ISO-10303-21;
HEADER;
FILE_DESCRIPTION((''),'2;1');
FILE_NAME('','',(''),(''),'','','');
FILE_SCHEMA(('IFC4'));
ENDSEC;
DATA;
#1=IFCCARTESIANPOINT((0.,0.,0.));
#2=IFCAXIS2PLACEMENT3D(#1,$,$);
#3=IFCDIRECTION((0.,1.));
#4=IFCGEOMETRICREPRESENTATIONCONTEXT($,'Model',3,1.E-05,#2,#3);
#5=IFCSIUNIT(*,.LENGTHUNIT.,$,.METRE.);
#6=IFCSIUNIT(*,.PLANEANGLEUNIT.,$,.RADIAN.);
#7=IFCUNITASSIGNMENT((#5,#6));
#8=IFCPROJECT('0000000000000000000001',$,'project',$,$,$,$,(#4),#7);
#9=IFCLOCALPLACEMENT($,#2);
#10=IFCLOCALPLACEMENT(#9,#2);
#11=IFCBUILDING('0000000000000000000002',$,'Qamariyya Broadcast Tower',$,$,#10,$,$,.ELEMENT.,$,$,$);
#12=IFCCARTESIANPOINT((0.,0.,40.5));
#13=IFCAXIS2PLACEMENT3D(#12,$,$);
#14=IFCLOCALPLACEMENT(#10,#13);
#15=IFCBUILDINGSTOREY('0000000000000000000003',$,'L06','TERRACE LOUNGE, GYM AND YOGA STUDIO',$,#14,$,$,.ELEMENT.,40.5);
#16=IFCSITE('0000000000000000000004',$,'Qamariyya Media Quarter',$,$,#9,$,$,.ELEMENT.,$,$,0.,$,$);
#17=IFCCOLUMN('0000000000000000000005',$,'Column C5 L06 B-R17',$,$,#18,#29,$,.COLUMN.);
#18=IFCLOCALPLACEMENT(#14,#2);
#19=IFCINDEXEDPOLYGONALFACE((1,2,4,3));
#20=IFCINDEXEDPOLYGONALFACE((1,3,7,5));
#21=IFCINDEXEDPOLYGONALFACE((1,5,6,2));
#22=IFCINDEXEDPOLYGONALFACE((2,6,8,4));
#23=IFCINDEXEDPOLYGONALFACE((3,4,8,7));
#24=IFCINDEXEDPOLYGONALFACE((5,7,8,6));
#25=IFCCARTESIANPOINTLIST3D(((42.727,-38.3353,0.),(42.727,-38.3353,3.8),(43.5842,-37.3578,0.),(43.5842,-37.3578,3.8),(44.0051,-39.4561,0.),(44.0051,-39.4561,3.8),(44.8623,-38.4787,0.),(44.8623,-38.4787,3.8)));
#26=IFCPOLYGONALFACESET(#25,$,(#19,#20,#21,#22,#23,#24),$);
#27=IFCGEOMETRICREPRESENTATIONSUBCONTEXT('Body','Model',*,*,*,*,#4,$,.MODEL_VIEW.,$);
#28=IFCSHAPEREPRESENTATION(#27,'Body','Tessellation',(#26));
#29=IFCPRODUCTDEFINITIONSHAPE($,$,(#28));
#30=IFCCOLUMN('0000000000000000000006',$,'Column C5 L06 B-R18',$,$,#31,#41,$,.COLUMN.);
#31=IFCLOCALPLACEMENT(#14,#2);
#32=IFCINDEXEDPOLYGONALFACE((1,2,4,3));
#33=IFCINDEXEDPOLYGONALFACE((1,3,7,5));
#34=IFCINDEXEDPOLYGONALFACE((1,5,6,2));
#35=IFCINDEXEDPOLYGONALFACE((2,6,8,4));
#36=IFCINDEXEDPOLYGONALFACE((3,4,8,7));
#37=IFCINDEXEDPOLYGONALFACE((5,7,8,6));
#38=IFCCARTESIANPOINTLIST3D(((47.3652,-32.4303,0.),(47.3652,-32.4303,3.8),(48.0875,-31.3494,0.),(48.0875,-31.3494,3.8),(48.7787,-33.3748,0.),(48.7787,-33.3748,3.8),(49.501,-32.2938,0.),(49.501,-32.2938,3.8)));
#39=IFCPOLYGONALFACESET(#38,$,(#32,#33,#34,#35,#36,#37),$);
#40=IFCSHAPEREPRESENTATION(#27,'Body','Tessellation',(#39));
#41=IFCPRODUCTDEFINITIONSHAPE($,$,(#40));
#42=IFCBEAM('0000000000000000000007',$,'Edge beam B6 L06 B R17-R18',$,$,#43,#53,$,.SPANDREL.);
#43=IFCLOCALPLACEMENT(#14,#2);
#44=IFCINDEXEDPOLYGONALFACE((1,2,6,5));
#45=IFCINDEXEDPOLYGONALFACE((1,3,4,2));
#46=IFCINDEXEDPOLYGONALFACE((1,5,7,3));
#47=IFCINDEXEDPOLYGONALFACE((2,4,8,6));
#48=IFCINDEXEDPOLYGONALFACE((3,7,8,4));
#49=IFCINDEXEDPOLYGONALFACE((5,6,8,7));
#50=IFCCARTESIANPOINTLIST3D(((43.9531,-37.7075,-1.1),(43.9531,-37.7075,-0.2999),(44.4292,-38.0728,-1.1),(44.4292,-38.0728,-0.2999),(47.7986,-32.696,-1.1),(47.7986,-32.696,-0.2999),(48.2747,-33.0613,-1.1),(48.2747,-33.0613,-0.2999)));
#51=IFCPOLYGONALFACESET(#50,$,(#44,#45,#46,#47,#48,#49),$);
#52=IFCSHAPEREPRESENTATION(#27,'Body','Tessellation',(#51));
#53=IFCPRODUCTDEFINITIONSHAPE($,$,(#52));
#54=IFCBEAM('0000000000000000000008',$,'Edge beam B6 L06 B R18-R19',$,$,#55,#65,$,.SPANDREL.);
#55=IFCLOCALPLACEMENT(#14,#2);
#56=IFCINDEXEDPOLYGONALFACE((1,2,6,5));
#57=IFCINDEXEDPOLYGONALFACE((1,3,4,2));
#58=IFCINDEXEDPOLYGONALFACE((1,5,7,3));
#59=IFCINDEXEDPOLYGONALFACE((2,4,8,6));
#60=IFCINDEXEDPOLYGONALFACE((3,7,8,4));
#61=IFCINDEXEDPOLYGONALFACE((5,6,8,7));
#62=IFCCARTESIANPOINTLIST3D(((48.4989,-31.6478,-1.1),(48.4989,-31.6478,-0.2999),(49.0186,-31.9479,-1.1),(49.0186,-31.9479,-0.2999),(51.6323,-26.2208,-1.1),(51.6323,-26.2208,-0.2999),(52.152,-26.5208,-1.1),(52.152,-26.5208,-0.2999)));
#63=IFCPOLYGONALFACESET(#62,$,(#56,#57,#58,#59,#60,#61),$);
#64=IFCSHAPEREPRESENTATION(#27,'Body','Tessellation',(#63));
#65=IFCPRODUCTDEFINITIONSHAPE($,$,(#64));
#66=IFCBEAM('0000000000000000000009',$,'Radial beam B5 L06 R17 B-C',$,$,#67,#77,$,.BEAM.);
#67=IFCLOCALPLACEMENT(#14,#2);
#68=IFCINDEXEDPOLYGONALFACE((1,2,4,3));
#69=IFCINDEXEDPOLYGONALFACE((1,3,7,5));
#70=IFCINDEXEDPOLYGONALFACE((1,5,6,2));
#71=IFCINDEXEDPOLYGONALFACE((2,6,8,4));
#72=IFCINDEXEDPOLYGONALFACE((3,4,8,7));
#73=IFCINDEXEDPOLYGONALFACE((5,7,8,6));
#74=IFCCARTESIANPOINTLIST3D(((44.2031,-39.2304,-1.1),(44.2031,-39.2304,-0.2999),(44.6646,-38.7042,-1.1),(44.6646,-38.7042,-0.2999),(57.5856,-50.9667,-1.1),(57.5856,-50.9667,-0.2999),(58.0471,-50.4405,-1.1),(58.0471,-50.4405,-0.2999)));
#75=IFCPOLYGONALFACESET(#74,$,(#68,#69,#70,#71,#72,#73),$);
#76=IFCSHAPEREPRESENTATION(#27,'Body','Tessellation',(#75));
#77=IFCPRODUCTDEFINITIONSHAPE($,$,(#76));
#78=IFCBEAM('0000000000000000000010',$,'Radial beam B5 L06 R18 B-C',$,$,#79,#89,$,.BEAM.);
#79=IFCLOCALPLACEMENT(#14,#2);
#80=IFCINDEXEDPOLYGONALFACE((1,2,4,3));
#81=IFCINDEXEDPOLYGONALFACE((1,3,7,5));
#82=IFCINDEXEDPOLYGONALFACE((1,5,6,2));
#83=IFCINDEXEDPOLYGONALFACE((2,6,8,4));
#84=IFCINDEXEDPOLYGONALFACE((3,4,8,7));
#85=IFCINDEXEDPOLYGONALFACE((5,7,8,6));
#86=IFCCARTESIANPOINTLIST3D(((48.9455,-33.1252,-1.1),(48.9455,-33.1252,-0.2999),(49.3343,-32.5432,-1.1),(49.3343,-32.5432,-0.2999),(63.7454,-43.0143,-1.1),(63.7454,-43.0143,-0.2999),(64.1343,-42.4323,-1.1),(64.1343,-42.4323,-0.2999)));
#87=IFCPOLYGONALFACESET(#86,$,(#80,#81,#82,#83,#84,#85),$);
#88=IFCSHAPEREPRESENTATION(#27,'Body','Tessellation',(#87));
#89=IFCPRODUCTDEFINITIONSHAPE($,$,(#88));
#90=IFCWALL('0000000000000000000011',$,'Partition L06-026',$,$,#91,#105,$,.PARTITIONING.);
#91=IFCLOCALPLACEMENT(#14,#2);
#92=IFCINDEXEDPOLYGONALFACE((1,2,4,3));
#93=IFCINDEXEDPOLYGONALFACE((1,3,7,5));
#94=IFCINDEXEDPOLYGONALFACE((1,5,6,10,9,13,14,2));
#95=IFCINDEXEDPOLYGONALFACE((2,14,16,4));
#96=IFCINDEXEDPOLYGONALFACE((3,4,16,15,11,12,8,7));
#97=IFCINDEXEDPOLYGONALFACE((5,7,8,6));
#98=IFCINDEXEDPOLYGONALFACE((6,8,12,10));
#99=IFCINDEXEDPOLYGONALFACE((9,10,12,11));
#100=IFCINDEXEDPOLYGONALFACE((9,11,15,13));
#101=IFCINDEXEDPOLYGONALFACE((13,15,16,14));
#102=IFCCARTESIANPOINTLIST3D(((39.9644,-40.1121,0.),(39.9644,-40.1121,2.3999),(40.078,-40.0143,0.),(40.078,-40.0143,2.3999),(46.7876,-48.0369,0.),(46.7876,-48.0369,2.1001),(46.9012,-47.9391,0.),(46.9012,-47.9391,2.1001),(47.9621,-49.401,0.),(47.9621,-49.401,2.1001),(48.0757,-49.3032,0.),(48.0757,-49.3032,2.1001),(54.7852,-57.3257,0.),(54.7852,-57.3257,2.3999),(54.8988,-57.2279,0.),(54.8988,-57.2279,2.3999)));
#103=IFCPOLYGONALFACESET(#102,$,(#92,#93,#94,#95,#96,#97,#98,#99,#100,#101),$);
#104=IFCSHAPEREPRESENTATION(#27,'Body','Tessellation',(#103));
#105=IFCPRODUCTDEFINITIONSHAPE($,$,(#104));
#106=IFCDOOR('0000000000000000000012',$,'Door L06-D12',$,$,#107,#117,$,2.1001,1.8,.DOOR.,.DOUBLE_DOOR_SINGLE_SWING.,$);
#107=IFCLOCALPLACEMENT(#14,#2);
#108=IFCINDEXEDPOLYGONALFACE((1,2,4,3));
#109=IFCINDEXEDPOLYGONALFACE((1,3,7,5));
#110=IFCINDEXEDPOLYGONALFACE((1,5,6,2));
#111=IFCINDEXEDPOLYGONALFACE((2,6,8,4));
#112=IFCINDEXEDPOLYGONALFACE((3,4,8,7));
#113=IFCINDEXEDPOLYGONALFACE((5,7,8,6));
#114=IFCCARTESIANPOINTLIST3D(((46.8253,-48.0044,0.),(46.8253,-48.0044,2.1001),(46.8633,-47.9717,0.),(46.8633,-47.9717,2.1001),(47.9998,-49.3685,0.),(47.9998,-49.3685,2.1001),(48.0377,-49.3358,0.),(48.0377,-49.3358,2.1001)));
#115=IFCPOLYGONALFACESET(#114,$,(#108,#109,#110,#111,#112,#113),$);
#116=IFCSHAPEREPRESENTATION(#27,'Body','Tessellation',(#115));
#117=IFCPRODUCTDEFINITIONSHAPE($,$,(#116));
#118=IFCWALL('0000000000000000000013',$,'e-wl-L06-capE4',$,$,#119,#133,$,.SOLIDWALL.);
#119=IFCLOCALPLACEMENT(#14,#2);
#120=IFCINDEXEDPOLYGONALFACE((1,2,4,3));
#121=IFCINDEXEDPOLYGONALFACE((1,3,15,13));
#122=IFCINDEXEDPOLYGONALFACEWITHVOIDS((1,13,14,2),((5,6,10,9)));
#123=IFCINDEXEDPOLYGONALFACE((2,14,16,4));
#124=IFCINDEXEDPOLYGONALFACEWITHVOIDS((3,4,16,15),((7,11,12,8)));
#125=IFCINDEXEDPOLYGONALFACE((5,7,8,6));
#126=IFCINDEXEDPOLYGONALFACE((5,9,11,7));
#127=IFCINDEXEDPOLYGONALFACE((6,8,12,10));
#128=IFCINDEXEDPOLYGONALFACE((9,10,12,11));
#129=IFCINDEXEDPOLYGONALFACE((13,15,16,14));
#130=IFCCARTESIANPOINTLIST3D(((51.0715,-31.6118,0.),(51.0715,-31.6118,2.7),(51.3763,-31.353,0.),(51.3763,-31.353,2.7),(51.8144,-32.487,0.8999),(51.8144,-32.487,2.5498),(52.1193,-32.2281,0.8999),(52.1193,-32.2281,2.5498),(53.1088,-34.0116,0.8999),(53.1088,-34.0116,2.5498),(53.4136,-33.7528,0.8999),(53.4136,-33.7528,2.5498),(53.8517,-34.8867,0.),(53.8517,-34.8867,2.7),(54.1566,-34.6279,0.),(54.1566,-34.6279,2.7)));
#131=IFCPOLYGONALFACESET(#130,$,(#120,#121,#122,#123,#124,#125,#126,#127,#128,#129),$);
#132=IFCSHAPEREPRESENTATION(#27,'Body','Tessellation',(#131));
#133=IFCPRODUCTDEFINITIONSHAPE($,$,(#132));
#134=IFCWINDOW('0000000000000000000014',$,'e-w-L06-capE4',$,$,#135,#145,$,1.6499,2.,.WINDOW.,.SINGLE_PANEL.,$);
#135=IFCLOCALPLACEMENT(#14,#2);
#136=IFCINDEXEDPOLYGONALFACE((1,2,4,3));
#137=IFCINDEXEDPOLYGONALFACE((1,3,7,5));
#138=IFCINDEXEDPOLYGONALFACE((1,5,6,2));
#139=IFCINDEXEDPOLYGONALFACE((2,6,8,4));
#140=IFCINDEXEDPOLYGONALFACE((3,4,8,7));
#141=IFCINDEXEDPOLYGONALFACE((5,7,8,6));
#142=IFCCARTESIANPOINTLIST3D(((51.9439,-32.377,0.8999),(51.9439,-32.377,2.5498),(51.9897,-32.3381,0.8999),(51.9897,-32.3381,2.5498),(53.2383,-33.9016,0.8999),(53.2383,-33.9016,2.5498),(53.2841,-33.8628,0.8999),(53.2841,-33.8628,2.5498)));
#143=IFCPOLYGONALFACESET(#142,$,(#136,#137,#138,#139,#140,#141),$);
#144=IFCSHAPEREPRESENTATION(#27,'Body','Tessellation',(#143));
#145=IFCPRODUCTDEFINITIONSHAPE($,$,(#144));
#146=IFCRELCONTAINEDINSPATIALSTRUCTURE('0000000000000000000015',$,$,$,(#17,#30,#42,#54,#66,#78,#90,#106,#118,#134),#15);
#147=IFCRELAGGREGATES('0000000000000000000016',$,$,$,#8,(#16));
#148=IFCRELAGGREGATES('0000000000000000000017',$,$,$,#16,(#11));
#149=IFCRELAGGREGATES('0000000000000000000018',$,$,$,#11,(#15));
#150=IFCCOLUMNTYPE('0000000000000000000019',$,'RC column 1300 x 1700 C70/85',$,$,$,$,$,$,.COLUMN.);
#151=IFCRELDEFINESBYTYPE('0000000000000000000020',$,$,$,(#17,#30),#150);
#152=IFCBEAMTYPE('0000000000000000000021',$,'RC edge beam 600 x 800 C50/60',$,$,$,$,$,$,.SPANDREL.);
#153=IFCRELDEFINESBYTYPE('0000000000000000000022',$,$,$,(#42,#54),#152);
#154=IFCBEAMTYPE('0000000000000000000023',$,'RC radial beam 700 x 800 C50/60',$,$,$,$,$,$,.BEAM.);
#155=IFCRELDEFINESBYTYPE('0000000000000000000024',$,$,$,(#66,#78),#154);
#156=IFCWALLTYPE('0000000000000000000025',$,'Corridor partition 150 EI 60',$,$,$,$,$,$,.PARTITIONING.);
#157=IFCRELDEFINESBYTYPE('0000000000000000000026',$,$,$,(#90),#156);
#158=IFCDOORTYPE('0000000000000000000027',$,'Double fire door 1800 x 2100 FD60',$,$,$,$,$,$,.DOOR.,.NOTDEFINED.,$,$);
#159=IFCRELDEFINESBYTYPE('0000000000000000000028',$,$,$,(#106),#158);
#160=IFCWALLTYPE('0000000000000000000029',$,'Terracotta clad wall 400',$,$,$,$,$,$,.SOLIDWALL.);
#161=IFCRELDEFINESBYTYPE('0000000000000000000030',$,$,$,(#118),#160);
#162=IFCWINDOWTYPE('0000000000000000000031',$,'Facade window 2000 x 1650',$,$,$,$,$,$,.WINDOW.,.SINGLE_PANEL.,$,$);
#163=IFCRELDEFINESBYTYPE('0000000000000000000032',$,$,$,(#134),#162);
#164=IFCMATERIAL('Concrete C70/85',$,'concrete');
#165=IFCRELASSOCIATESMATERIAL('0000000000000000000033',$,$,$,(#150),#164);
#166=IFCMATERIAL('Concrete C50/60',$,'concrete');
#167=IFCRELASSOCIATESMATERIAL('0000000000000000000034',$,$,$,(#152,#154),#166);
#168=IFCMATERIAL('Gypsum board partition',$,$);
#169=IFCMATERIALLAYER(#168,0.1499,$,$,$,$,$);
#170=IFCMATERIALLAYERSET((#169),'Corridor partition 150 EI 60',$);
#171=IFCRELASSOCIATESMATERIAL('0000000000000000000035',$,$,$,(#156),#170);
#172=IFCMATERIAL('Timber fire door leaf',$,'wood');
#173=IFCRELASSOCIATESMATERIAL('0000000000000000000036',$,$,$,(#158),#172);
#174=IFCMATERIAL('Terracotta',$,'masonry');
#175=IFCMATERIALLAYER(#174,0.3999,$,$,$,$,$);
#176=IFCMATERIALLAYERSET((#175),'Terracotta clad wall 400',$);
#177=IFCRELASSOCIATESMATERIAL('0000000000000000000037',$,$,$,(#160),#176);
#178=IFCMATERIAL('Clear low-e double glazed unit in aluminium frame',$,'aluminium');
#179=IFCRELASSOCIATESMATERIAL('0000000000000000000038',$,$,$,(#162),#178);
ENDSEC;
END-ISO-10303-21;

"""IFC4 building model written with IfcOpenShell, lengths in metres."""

from ifc_helpers import new_model, si_unit, direction, frame, frame_2d, origin, origin_2d, place, context, subcontext, project, spatial, rectangle, extrude, material, layer, layer_set, material_profile, profile_set, type_object, element, fill, save


model = new_model("IFC4")

# Units and contexts
model_context = context("Model", 3, precision=1e-05, world=origin(), true_north=direction((0.0, 1.0)))
body_context = subcontext(model_context, "Body", "Model", "MODEL_VIEW")
ifc_project = project(units=[si_unit("LENGTHUNIT", "METRE"), si_unit("PLANEANGLEUNIT", "RADIAN")], contexts=[model_context])

# Site, building, storey
site_placement = place(None, origin())
site = spatial("IfcSite", under=ifc_project, at=site_placement, Name="Qamariyya Media Quarter", CompositionType="ELEMENT", RefElevation=0.0)
building_placement = place(site_placement, origin())
building = spatial("IfcBuilding", under=site, at=building_placement, Name="Qamariyya Broadcast Tower", CompositionType="ELEMENT")
storey_placement = place(building_placement, frame((0.0, 0.0, 40.5)))
storey = spatial("IfcBuildingStorey", under=building, at=storey_placement, Name="L06", Description="TERRACE LOUNGE, GYM AND YOGA STUDIO", CompositionType="ELEMENT", Elevation=40.5)

# Columns
ifc_material_1 = material(Name="Concrete C70/85", Category="concrete")
ifc_material_profile_1 = material_profile(ifc_material_1, rectangle(XDim=1.3, YDim=1.7, at=origin_2d()))
ifc_profile_set_1 = profile_set([ifc_material_profile_1], Name="Concrete C70/85")
column_type = type_object("IfcColumnType", Name="RC column 1300 x 1700 C70/85", PredefinedType="COLUMN", material=ifc_profile_set_1)
for number, where, z_axis, x_axis, name in (
    (1, (43.7947, -38.407, 0.0), (0.0, 0.0, 1.0), (0.659346, 0.75184, 0.0), "Column C5 L06 B-R17"),
    (2, (48.4331, -32.3621, 0.0), (0.0, 0.0, 1.0), (0.55557, 0.83147, 0.0), "Column C5 L06 B-R18"),
):
    element("IfcColumn", number, at=place(storey_placement, frame(where, z_axis=z_axis, x_axis=x_axis)), inside=storey, type_object=column_type, Name=name, PredefinedType="COLUMN", context=body_context, shape_type="SweptSolid", body=[
        extrude(rectangle(XDim=1.3, YDim=1.7, at=origin_2d()), origin(), (0.0, 0.0, 1.0), 3.8),
    ])

# Beams
ifc_material_2 = material(Name="Concrete C50/60", Category="concrete")
ifc_material_profile_2 = material_profile(ifc_material_2, rectangle(XDim=0.6001, YDim=0.8, at=origin_2d()))
ifc_profile_set_2 = profile_set([ifc_material_profile_2], Name="Concrete C50/60")
beam_type_1 = type_object("IfcBeamType", Name="RC edge beam 600 x 800 C50/60", PredefinedType="SPANDREL", material=ifc_profile_set_2)
beam_1_placement = place(storey_placement, frame((44.1912, -37.8901, -0.7), z_axis=(0.608763, 0.793352, 0.0), x_axis=(-0.793352, 0.608763, 0.0)))
element("IfcBeam", 3, at=beam_1_placement, inside=storey, type_object=beam_type_1, Name="Edge beam B6 L06 B R17-R18", PredefinedType="SPANDREL", context=body_context, shape_type="SweptSolid", body=[
    extrude(rectangle(XDim=0.6001, YDim=0.8, at=origin_2d()), origin(), (0.0, 0.0, 1.0), 6.3169),
])
beam_2_placement = place(storey_placement, frame((48.7588, -31.7979, -0.7), z_axis=(0.500002, 0.866024, 0.0), x_axis=(-0.866024, 0.500002, 0.0)))
element("IfcBeam", 4, at=beam_2_placement, inside=storey, type_object=beam_type_1, Name="Edge beam B6 L06 B R18-R19", PredefinedType="SPANDREL", context=body_context, shape_type="SweptSolid", body=[
    extrude(rectangle(XDim=0.6001, YDim=0.8, at=origin_2d()), origin(), (0.0, 0.0, 1.0), 6.2666),
])
ifc_material_profile_3 = material_profile(ifc_material_2, rectangle(XDim=0.7, YDim=0.8, at=origin_2d()))
ifc_profile_set_3 = profile_set([ifc_material_profile_3], Name="Concrete C50/60")
beam_type_2 = type_object("IfcBeamType", Name="RC radial beam 700 x 800 C50/60", PredefinedType="BEAM", material=ifc_profile_set_3)
for number, where, z_axis, x_axis, name in (
    (5, (44.4338, -38.9673, -0.7), (0.751836, -0.65935, 0.0), (0.65935, 0.751836, 0.0), "Radial beam B5 L06 R17 B-C"),
    (6, (49.1399, -32.8342, -0.7), (0.831467, -0.555573, 0.0), (0.555573, 0.831467, 0.0), "Radial beam B5 L06 R18 B-C"),
):
    element("IfcBeam", number, at=place(storey_placement, frame(where, z_axis=z_axis, x_axis=x_axis)), inside=storey, type_object=beam_type_2, Name=name, PredefinedType="BEAM", context=body_context, shape_type="SweptSolid", body=[
        extrude(rectangle(XDim=0.7, YDim=0.8, at=origin_2d()), origin(), (0.0, 0.0, 1.0), 17.7998),
    ])

# Wall, opening, door
ifc_material_3 = material(Name="Gypsum board partition")
ifc_layer_1 = layer(ifc_material_3, 0.1499)
ifc_layer_set_1 = layer_set([ifc_layer_1], Name="Corridor partition 150 EI 60")
wall_type_1 = type_object("IfcWallType", Name="Corridor partition 150 EI 60", PredefinedType="PARTITIONING", material=ifc_layer_set_1)
wall_1_placement = place(storey_placement, frame((40.0212, -40.0632, 0.0), z_axis=(0.0, 0.0, 1.0), x_axis=(0.652472, -0.757813, 0.0)))
wall_1 = element("IfcWall", 7, at=wall_1_placement, inside=storey, type_object=wall_type_1, Name="Partition L06-026", PredefinedType="PARTITIONING", context=body_context, shape_type="SweptSolid", body=[
    extrude(rectangle(XDim=22.7148, YDim=0.1499, at=frame_2d((11.3574, 0.0))), origin(), (0.0, 0.0, 1.0), 2.3999),
])
opening_1_placement = place(wall_1_placement, frame((10.4575, 0.0, 0.0)))
opening_1 = element("IfcOpeningElement", 8, at=opening_1_placement, cuts=wall_1, PredefinedType="OPENING", context=body_context, shape_type="SweptSolid", body=[
    extrude(rectangle(XDim=1.8, YDim=2.1001, at=frame_2d((0.8999, 1.05))), frame((0.0, 0.085, 0.0), z_axis=(0.0, -1.0, 0.0), x_axis=(1.0, 0.0, 0.0)), (0.0, 0.0, 1.0), 0.1699),
])
ifc_material_4 = material(Name="Timber fire door leaf", Category="wood")
door_type = type_object("IfcDoorType", Name="Double fire door 1800 x 2100 FD60", OperationType="NOTDEFINED", PredefinedType="DOOR", material=ifc_material_4)
door_placement = place(opening_1_placement, origin())
door = element("IfcDoor", 9, at=door_placement, inside=storey, type_object=door_type, Name="Door L06-D12", OperationType="DOUBLE_DOOR_SINGLE_SWING", OverallHeight=2.1001, OverallWidth=1.8, PredefinedType="DOOR", context=body_context, shape_type="SweptSolid", body=[
    extrude(rectangle(XDim=1.8, YDim=2.1001, at=frame_2d((0.8999, 1.05))), frame((0.0, 0.0249, 0.0), z_axis=(0.0, -1.0, 0.0), x_axis=(1.0, 0.0, 0.0)), (0.0, 0.0, 1.0), 0.05),
])
fill(opening_1, door)

# Wall, opening, window
ifc_material_5 = material(Name="Terracotta", Category="masonry")
ifc_layer_2 = layer(ifc_material_5, 0.3999)
ifc_layer_set_2 = layer_set([ifc_layer_2], Name="Terracotta clad wall 400")
wall_type_2 = type_object("IfcWallType", Name="Terracotta clad wall 400", PredefinedType="SOLIDWALL", material=ifc_layer_set_2)
wall_2_placement = place(storey_placement, frame((54.0042, -34.7573, 0.0), z_axis=(0.0, 0.0, 1.0), x_axis=(-0.64719, 0.762329, 0.0)))
wall_2 = element("IfcWall", 10, at=wall_2_placement, inside=storey, type_object=wall_type_2, Name="e-wl-L06-capE4", PredefinedType="SOLIDWALL", context=body_context, shape_type="SweptSolid", body=[
    extrude(rectangle(XDim=4.2959, YDim=0.3999, at=frame_2d((2.1479, 0.0))), origin(), (0.0, 0.0, 1.0), 2.7),
])
opening_2_placement = place(wall_2_placement, frame((1.1479, 0.0, 0.8999)))
opening_2 = element("IfcOpeningElement", 11, at=opening_2_placement, cuts=wall_2, PredefinedType="OPENING", context=body_context, shape_type="SweptSolid", body=[
    extrude(rectangle(XDim=2.0, YDim=1.6499, at=frame_2d((1.0, 0.825))), frame((0.0, 0.21, 0.0), z_axis=(0.0, -1.0, 0.0), x_axis=(1.0, 0.0, 0.0)), (0.0, 0.0, 1.0), 0.4199),
])
ifc_material_6 = material(Name="Clear low-e double glazed unit in aluminium frame", Category="aluminium")
window_type_1 = type_object("IfcWindowType", Name="Facade window 2000 x 1650", PartitioningType="SINGLE_PANEL", PredefinedType="WINDOW", material=ifc_material_6)
window_1_placement = place(opening_2_placement, origin())
window_1 = element("IfcWindow", 12, at=window_1_placement, inside=storey, type_object=window_type_1, Name="e-w-L06-capE4", OverallHeight=1.6499, OverallWidth=2.0, PartitioningType="SINGLE_PANEL", PredefinedType="WINDOW", context=body_context, shape_type="SweptSolid", body=[
    extrude(rectangle(XDim=2.0, YDim=1.6499, at=frame_2d((1.0, 0.825))), frame((0.0, 0.03, 0.0), z_axis=(0.0, -1.0, 0.0), x_axis=(1.0, 0.0, 0.0)), (0.0, 0.0, 1.0), 0.0601),
])
fill(opening_2, window_1)

save(model, "model.ifc")
